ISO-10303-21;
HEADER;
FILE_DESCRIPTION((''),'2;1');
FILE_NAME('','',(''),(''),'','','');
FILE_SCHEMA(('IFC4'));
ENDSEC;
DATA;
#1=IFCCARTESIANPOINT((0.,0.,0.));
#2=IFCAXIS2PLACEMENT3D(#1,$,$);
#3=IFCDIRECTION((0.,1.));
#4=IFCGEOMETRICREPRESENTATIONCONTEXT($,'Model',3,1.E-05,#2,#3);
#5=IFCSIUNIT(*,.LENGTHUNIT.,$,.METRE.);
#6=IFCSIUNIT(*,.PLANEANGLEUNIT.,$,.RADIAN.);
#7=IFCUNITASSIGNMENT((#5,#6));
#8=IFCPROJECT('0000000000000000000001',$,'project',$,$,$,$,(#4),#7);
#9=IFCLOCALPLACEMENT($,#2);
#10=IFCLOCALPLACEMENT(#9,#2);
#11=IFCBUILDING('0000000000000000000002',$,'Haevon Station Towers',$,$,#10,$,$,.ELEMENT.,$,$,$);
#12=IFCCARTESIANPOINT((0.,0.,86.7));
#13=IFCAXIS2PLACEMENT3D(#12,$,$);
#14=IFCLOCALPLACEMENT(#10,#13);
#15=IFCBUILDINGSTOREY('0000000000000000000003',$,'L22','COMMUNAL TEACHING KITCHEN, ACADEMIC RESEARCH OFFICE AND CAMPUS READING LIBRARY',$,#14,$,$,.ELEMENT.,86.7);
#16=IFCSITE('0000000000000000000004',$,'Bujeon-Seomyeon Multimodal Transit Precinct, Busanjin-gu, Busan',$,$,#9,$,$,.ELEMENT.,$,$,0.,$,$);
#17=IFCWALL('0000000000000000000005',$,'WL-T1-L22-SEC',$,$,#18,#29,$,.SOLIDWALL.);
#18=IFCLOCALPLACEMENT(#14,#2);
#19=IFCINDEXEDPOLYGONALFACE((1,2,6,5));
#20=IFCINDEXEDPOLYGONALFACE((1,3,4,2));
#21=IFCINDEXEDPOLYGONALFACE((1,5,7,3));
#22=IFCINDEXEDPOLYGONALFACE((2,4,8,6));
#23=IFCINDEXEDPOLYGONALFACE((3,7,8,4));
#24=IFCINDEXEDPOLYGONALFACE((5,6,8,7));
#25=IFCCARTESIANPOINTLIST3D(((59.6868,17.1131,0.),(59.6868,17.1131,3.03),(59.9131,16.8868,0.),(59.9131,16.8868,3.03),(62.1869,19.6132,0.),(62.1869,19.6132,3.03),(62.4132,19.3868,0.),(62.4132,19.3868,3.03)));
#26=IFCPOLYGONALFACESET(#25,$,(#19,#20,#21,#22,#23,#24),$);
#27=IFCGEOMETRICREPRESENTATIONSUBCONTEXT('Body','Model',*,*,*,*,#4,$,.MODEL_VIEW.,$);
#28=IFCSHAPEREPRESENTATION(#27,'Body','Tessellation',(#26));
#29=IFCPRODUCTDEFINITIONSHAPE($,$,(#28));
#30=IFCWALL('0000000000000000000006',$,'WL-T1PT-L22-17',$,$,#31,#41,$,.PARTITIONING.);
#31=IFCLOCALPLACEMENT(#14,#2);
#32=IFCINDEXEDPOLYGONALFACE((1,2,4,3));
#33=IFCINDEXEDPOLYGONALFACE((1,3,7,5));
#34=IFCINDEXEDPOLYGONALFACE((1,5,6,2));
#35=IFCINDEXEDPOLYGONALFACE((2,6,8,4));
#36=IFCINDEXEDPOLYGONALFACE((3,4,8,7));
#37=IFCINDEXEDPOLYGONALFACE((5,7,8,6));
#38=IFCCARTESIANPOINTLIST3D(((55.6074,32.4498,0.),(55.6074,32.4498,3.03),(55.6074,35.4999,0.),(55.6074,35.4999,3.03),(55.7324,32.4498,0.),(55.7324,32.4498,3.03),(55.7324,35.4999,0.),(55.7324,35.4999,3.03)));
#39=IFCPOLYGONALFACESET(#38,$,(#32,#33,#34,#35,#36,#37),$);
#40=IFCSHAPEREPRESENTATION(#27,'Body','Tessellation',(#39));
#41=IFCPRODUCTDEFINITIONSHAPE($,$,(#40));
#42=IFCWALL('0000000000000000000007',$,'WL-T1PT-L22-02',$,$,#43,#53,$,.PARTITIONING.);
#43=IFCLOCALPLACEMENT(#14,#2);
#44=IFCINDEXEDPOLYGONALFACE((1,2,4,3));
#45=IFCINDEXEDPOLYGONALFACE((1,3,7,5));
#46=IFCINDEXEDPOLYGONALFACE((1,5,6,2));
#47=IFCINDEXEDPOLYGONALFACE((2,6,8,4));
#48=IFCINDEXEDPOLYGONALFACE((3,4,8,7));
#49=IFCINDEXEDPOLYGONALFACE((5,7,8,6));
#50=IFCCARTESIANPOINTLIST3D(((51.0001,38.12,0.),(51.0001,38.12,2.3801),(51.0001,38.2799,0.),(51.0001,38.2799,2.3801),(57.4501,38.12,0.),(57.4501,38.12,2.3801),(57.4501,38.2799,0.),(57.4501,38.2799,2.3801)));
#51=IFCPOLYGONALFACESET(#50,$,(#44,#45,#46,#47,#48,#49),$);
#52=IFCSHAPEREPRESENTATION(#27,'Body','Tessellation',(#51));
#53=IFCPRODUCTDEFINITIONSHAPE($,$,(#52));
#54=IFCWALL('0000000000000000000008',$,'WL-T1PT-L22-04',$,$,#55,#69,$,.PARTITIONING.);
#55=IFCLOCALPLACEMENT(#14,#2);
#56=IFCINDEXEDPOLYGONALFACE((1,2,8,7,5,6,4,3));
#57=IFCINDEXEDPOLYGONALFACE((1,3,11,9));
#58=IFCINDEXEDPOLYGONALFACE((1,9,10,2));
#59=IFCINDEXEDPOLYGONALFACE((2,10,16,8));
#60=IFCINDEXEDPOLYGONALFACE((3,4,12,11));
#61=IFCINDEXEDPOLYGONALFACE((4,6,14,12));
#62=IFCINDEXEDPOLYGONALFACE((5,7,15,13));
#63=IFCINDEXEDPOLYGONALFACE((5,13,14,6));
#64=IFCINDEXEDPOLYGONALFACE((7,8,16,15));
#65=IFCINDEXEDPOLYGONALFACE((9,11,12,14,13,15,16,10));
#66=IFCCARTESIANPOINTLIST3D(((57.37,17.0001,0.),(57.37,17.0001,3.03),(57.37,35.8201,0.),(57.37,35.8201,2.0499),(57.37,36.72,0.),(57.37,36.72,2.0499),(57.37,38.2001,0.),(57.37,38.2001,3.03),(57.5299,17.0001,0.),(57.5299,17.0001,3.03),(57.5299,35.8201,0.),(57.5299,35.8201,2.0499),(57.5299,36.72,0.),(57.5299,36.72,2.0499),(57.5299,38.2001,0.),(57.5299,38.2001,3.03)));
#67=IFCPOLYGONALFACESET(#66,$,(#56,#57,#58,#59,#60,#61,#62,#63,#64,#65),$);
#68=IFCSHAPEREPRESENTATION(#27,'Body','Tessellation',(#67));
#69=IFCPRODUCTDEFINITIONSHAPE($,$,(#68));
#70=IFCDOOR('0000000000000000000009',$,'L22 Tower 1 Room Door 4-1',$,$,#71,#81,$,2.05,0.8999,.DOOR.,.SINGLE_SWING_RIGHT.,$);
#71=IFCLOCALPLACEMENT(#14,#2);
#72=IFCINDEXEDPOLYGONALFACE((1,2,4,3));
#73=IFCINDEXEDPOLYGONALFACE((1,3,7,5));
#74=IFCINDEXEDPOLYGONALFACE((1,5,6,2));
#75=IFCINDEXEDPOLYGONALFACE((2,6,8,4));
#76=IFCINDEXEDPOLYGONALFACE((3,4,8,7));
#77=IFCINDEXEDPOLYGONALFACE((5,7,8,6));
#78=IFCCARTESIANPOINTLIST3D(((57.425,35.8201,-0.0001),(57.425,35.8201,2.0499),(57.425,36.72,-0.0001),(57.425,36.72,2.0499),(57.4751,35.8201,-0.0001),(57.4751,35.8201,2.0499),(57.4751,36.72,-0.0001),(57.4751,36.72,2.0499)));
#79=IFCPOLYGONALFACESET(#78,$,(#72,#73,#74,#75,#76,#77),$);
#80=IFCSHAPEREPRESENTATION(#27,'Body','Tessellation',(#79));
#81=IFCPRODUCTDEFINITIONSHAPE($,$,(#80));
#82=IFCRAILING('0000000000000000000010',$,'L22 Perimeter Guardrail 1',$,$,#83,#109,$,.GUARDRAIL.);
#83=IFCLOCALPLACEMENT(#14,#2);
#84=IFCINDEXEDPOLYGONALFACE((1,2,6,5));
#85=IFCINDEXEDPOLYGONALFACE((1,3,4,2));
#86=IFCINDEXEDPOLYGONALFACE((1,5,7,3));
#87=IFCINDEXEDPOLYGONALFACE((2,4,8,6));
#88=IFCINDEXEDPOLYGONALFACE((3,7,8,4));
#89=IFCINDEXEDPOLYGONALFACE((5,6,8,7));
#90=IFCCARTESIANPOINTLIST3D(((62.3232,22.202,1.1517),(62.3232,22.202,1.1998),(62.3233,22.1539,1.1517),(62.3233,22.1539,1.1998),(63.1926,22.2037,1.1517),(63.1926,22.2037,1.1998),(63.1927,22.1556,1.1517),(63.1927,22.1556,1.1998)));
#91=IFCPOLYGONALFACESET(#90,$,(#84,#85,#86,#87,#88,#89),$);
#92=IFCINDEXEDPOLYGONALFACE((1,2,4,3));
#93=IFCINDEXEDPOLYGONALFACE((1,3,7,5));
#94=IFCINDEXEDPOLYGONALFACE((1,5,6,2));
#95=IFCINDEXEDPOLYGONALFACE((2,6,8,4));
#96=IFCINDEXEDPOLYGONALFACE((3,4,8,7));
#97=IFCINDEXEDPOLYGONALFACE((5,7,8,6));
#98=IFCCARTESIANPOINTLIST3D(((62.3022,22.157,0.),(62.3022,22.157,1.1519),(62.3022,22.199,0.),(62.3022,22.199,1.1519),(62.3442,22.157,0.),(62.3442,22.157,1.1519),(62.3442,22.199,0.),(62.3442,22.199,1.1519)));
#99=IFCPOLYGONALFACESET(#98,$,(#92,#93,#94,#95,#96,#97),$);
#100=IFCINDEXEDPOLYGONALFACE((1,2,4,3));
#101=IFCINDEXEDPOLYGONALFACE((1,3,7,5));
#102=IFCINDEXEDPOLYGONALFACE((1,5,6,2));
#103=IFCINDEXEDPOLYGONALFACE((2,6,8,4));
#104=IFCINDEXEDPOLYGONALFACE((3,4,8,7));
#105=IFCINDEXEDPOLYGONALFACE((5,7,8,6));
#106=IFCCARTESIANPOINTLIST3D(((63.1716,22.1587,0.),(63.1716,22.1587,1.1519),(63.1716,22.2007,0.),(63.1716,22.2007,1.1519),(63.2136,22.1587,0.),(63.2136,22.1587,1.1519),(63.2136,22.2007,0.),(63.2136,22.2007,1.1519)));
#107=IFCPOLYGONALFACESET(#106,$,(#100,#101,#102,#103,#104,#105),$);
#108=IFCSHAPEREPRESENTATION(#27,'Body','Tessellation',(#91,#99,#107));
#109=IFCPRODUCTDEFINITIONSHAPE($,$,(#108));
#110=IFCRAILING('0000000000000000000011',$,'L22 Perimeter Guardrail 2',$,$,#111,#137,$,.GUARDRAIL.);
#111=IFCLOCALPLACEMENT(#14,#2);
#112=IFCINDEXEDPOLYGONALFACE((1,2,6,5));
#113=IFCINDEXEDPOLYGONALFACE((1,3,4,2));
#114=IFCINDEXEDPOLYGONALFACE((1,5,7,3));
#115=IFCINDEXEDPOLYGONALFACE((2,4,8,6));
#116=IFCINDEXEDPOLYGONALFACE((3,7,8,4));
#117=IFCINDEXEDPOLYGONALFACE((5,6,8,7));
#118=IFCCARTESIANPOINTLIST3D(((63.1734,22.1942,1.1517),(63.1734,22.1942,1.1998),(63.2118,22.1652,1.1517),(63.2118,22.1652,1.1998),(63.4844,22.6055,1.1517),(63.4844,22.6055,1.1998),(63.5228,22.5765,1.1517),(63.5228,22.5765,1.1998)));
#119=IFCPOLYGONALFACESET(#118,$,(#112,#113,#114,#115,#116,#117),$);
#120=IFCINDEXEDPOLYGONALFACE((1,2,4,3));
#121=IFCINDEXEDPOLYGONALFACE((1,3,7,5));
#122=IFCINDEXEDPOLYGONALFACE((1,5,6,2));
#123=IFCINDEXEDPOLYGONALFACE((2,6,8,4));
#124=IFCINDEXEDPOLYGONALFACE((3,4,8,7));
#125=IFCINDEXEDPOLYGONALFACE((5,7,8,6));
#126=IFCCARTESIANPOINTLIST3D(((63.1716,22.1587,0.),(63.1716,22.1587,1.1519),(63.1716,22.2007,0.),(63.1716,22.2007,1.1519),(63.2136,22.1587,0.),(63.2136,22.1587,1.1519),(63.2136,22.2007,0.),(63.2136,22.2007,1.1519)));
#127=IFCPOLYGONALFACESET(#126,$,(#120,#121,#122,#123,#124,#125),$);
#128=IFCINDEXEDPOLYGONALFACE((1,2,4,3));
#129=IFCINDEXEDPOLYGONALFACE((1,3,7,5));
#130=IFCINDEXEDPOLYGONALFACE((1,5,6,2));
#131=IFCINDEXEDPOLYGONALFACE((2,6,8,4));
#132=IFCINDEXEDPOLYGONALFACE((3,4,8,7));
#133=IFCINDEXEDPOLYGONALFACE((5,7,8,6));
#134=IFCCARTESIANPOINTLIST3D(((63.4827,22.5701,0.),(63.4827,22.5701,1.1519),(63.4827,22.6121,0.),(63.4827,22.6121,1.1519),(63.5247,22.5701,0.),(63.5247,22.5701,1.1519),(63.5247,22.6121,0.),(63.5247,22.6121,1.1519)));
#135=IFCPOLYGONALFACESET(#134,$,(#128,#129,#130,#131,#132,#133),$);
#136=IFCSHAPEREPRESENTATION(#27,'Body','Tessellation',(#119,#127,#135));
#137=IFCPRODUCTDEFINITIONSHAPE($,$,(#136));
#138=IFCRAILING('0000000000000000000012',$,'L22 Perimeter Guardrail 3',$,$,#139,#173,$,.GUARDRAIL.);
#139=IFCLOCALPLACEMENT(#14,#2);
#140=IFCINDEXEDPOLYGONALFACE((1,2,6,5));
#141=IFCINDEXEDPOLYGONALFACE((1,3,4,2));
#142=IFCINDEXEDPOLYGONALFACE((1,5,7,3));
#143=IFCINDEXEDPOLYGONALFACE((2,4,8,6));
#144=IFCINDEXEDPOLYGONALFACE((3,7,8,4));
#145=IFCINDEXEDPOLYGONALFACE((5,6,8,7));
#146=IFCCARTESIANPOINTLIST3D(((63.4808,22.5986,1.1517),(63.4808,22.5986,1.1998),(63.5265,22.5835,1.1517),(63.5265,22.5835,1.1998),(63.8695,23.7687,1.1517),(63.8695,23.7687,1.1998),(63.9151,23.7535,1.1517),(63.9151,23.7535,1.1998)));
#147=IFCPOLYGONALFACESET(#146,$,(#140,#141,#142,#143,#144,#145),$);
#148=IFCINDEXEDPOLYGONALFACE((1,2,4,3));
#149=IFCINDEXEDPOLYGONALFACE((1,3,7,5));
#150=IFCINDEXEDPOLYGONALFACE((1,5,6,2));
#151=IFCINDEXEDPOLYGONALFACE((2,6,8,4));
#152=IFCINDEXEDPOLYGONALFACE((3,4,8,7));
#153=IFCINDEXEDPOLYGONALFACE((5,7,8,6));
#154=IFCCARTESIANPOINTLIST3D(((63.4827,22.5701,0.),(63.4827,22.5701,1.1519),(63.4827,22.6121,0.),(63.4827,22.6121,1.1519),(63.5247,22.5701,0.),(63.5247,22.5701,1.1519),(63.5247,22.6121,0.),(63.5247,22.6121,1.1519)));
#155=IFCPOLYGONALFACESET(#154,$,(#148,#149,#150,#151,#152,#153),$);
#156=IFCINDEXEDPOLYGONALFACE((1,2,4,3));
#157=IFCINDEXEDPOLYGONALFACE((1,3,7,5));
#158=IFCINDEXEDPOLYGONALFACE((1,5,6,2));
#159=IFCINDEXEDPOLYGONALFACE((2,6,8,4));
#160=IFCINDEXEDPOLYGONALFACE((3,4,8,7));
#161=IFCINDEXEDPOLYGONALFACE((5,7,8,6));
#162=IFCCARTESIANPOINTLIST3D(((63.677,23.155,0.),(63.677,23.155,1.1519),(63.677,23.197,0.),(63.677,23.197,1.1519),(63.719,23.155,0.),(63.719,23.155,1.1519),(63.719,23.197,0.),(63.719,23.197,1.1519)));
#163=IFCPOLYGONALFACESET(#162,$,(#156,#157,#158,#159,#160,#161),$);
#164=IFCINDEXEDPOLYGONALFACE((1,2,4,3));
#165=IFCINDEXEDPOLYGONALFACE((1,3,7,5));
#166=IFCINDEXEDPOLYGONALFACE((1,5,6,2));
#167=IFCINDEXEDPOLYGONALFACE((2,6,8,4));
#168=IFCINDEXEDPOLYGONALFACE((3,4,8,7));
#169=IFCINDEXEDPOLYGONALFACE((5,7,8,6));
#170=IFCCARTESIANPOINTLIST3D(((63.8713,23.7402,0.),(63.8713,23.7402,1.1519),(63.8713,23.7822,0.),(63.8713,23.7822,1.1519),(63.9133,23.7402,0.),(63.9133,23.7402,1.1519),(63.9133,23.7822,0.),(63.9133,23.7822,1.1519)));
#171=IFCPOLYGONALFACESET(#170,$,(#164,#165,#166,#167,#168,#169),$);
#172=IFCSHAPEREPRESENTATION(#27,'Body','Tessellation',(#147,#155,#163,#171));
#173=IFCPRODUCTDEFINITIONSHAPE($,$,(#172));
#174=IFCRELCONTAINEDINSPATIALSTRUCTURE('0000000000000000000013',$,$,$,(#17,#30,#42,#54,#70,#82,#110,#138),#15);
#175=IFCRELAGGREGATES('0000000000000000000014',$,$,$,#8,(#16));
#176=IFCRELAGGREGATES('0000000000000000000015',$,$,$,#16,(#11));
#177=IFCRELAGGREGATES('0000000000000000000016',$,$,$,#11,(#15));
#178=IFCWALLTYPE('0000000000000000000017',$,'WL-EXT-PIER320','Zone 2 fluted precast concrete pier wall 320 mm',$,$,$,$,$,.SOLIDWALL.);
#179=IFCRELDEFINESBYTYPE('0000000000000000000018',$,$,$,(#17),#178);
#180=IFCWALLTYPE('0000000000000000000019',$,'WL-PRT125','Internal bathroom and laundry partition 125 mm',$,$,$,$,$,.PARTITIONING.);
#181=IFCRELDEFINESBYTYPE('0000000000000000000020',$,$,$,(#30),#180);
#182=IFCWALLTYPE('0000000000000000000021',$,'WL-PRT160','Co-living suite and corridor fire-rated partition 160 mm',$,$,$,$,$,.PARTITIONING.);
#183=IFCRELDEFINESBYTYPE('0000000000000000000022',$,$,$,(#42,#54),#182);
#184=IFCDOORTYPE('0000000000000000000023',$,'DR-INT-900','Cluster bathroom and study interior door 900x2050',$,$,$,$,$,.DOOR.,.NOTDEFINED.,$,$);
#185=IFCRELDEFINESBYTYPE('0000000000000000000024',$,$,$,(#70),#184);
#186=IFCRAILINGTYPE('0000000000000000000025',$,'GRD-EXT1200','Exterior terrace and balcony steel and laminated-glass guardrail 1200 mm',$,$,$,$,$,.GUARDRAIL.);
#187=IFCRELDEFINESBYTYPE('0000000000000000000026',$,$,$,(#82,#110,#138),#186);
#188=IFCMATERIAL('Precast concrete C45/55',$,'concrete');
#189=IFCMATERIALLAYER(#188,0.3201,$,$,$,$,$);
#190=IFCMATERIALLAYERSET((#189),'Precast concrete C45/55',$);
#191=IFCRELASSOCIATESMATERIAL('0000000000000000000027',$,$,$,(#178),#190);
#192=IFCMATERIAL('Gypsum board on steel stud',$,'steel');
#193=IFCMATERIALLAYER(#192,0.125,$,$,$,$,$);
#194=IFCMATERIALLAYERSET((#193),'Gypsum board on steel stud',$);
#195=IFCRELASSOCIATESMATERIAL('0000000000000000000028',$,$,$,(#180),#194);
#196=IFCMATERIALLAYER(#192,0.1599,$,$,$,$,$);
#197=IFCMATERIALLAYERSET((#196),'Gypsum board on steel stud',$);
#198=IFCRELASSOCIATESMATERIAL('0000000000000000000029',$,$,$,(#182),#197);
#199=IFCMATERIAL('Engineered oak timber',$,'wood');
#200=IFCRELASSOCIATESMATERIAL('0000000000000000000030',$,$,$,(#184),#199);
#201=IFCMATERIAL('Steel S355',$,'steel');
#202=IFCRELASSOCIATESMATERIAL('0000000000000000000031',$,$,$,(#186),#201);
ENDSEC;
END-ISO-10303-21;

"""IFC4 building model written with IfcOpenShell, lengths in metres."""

from ifc_helpers import new_model, si_unit, direction, frame, frame_2d, origin, origin_2d, place, context, subcontext, project, spatial, rectangle, extrude, material, layer, layer_set, type_object, element, fill, save


model = new_model("IFC4")

# Units and contexts
model_context = context("Model", 3, precision=1e-05, world=origin(), true_north=direction((0.0, 1.0)))
body_context = subcontext(model_context, "Body", "Model", "MODEL_VIEW")
ifc_project = project(units=[si_unit("LENGTHUNIT", "METRE"), si_unit("PLANEANGLEUNIT", "RADIAN")], contexts=[model_context])

# Site, building, storey
site_placement = place(None, origin())
site = spatial("IfcSite", under=ifc_project, at=site_placement, Name="Bujeon-Seomyeon Multimodal Transit Precinct, Busanjin-gu, Busan", CompositionType="ELEMENT", RefElevation=0.0)
building_placement = place(site_placement, origin())
building = spatial("IfcBuilding", under=site, at=building_placement, Name="Haevon Station Towers", CompositionType="ELEMENT")
storey_placement = place(building_placement, frame((0.0, 0.0, 86.7)))
storey = spatial("IfcBuildingStorey", under=building, at=storey_placement, Name="L22", Description="COMMUNAL TEACHING KITCHEN, ACADEMIC RESEARCH OFFICE AND CAMPUS READING LIBRARY", CompositionType="ELEMENT", Elevation=86.7)

# Shared definitions
ifc_material_1 = material(Name="Steel S355", Category="steel")

# Shared definitions
ifc_material_2 = material(Name="Precast concrete C45/55", Category="concrete")
ifc_layer_1 = layer(ifc_material_2, 0.3201)
ifc_layer_set_1 = layer_set([ifc_layer_1], Name="Precast concrete C45/55")
wall_type_1 = type_object("IfcWallType", Name="WL-EXT-PIER320", Description="Zone 2 fluted precast concrete pier wall 320 mm", PredefinedType="SOLIDWALL", material=ifc_layer_set_1)

# Walls
wall_1_placement = place(storey_placement, frame((62.3, 19.5, 0.0), z_axis=(0.0, 0.0, 1.0), x_axis=(-0.707107, -0.707107, 0.0)))
element("IfcWall", 1, at=wall_1_placement, inside=storey, type_object=wall_type_1, Name="WL-T1-L22-SEC", PredefinedType="SOLIDWALL", context=body_context, shape_type="SweptSolid", body=[
    extrude(rectangle(XDim=3.5356, YDim=0.3201, at=frame_2d((1.7678, 0.0))), origin(), (0.0, 0.0, 1.0), 3.03),
])
ifc_material_3 = material(Name="Gypsum board on steel stud", Category="steel")
ifc_layer_2 = layer(ifc_material_3, 0.125)
ifc_layer_set_2 = layer_set([ifc_layer_2], Name="Gypsum board on steel stud")
wall_type_2 = type_object("IfcWallType", Name="WL-PRT125", Description="Internal bathroom and laundry partition 125 mm", PredefinedType="PARTITIONING", material=ifc_layer_set_2)
wall_2_placement = place(storey_placement, frame((55.6699, 32.45, 0.0), z_axis=(0.0, 0.0, 1.0), x_axis=(0.0, 1.0, 0.0)))
element("IfcWall", 2, at=wall_2_placement, inside=storey, type_object=wall_type_2, Name="WL-T1PT-L22-17", PredefinedType="PARTITIONING", context=body_context, shape_type="SweptSolid", body=[
    extrude(rectangle(XDim=3.05, YDim=0.125, at=frame_2d((1.5249, 0.0))), origin(), (0.0, 0.0, 1.0), 3.03),
])
ifc_layer_3 = layer(ifc_material_3, 0.1599)
ifc_layer_set_3 = layer_set([ifc_layer_3], Name="Gypsum board on steel stud")
wall_type_3 = type_object("IfcWallType", Name="WL-PRT160", Description="Co-living suite and corridor fire-rated partition 160 mm", PredefinedType="PARTITIONING", material=ifc_layer_set_3)
wall_3_placement = place(storey_placement, frame((51.0, 38.2, 0.0), z_axis=(0.0, 0.0, 1.0), x_axis=(1.0, 0.0, 0.0)))
element("IfcWall", 3, at=wall_3_placement, inside=storey, type_object=wall_type_3, Name="WL-T1PT-L22-02", PredefinedType="PARTITIONING", context=body_context, shape_type="SweptSolid", body=[
    extrude(rectangle(XDim=6.45, YDim=0.1599, at=frame_2d((3.2251, 0.0))), origin(), (0.0, 0.0, 1.0), 2.3801),
])

# Wall, opening, door
wall_4_placement = place(storey_placement, frame((57.45, 17.0, 0.0), z_axis=(0.0, 0.0, 1.0), x_axis=(0.0, 1.0, 0.0)))
wall_4 = element("IfcWall", 4, at=wall_4_placement, inside=storey, type_object=wall_type_3, Name="WL-T1PT-L22-04", PredefinedType="PARTITIONING", context=body_context, shape_type="SweptSolid", body=[
    extrude(rectangle(XDim=21.2, YDim=0.1599, at=frame_2d((10.6001, 0.0))), origin(), (0.0, 0.0, 1.0), 3.03),
])
opening_1_placement = place(wall_4_placement, frame((18.8201, 0.0, 0.0)))
opening_1 = element("IfcOpeningElement", 5, at=opening_1_placement, cuts=wall_4, PredefinedType="OPENING", context=body_context, shape_type="SweptSolid", body=[
    extrude(rectangle(XDim=0.8999, YDim=2.05, at=frame_2d((0.45, 1.0249))), frame((0.0, 0.0898, 0.0), z_axis=(0.0, -1.0, 0.0), x_axis=(1.0, 0.0, 0.0)), (0.0, 0.0, 1.0), 0.1799),
])
ifc_material_4 = material(Name="Engineered oak timber", Category="wood")
door_type_1 = type_object("IfcDoorType", Name="DR-INT-900", Description="Cluster bathroom and study interior door 900x2050", OperationType="NOTDEFINED", PredefinedType="DOOR", material=ifc_material_4)
door_1_placement = place(opening_1_placement, origin())
door_1 = element("IfcDoor", 6, at=door_1_placement, inside=storey, type_object=door_type_1, Name="L22 Tower 1 Room Door 4-1", OperationType="SINGLE_SWING_RIGHT", OverallHeight=2.05, OverallWidth=0.8999, PredefinedType="DOOR", context=body_context, shape_type="SweptSolid", body=[
    extrude(rectangle(XDim=0.8999, YDim=2.05, at=frame_2d((0.45, 1.0249))), frame((0.0, 0.0249, 0.0), z_axis=(0.0, -1.0, 0.0), x_axis=(1.0, 0.0, 0.0)), (0.0, 0.0, 1.0), 0.05),
])
fill(opening_1, door_1)

# Railings
railing_type = type_object("IfcRailingType", Name="GRD-EXT1200", Description="Exterior terrace and balcony steel and laminated-glass guardrail 1200 mm", PredefinedType="GUARDRAIL", material=ifc_material_1)
railing_1_placement = place(storey_placement, frame((62.3232, 22.178, 0.0)))
element("IfcRailing", 7, at=railing_1_placement, inside=storey, type_object=railing_type, Name="L22 Perimeter Guardrail 1", PredefinedType="GUARDRAIL", context=body_context, shape_type="SweptSolid", body=[
    extrude(rectangle(XDim=0.0481, YDim=0.0481, at=origin_2d()), frame((0.0, 0.0, 1.1758), z_axis=(0.999998, 0.001966, 0.0), x_axis=(-0.001966, 0.999998, 0.0)), (0.0, 0.0, 1.0), 0.8694),
    extrude(rectangle(XDim=0.042, YDim=0.042, at=origin_2d()), origin(), (0.0, 0.0, 1.0), 1.1519),
    extrude(rectangle(XDim=0.042, YDim=0.042, at=origin_2d()), frame((0.8694, 0.0017, 0.0)), (0.0, 0.0, 1.0), 1.1519),
])
railing_2_placement = place(storey_placement, frame((63.1926, 22.1797, 0.0)))
element("IfcRailing", 8, at=railing_2_placement, inside=storey, type_object=railing_type, Name="L22 Perimeter Guardrail 2", PredefinedType="GUARDRAIL", context=body_context, shape_type="SweptSolid", body=[
    extrude(rectangle(XDim=0.0481, YDim=0.0481, at=origin_2d()), frame((0.0, 0.0, 1.1758), z_axis=(0.603101, 0.797665, 0.0), x_axis=(-0.797665, 0.603101, 0.0)), (0.0, 0.0, 1.0), 0.5156),
    extrude(rectangle(XDim=0.042, YDim=0.042, at=origin_2d()), origin(), (0.0, 0.0, 1.0), 1.1519),
    extrude(rectangle(XDim=0.042, YDim=0.042, at=origin_2d()), frame((0.311, 0.4114, 0.0)), (0.0, 0.0, 1.0), 1.1519),
])
railing_3_placement = place(storey_placement, frame((63.5037, 22.5911, 0.0)))
element("IfcRailing", 9, at=railing_3_placement, inside=storey, type_object=railing_type, Name="L22 Perimeter Guardrail 3", PredefinedType="GUARDRAIL", context=body_context, shape_type="SweptSolid", body=[
    extrude(rectangle(XDim=0.0481, YDim=0.0481, at=origin_2d()), frame((0.0, 0.0, 1.1758), z_axis=(0.315218, 0.949019, 0.0), x_axis=(-0.949019, 0.315218, 0.0)), (0.0, 0.0, 1.0), 1.2329),
    extrude(rectangle(XDim=0.042, YDim=0.042, at=origin_2d()), origin(), (0.0, 0.0, 1.0), 1.1519),
    extrude(rectangle(XDim=0.042, YDim=0.042, at=origin_2d()), frame((0.1943, 0.585, 0.0)), (0.0, 0.0, 1.0), 1.1519),
    extrude(rectangle(XDim=0.042, YDim=0.042, at=origin_2d()), frame((0.3887, 1.1702, 0.0)), (0.0, 0.0, 1.0), 1.1519),
])

save(model, "model.ifc")
